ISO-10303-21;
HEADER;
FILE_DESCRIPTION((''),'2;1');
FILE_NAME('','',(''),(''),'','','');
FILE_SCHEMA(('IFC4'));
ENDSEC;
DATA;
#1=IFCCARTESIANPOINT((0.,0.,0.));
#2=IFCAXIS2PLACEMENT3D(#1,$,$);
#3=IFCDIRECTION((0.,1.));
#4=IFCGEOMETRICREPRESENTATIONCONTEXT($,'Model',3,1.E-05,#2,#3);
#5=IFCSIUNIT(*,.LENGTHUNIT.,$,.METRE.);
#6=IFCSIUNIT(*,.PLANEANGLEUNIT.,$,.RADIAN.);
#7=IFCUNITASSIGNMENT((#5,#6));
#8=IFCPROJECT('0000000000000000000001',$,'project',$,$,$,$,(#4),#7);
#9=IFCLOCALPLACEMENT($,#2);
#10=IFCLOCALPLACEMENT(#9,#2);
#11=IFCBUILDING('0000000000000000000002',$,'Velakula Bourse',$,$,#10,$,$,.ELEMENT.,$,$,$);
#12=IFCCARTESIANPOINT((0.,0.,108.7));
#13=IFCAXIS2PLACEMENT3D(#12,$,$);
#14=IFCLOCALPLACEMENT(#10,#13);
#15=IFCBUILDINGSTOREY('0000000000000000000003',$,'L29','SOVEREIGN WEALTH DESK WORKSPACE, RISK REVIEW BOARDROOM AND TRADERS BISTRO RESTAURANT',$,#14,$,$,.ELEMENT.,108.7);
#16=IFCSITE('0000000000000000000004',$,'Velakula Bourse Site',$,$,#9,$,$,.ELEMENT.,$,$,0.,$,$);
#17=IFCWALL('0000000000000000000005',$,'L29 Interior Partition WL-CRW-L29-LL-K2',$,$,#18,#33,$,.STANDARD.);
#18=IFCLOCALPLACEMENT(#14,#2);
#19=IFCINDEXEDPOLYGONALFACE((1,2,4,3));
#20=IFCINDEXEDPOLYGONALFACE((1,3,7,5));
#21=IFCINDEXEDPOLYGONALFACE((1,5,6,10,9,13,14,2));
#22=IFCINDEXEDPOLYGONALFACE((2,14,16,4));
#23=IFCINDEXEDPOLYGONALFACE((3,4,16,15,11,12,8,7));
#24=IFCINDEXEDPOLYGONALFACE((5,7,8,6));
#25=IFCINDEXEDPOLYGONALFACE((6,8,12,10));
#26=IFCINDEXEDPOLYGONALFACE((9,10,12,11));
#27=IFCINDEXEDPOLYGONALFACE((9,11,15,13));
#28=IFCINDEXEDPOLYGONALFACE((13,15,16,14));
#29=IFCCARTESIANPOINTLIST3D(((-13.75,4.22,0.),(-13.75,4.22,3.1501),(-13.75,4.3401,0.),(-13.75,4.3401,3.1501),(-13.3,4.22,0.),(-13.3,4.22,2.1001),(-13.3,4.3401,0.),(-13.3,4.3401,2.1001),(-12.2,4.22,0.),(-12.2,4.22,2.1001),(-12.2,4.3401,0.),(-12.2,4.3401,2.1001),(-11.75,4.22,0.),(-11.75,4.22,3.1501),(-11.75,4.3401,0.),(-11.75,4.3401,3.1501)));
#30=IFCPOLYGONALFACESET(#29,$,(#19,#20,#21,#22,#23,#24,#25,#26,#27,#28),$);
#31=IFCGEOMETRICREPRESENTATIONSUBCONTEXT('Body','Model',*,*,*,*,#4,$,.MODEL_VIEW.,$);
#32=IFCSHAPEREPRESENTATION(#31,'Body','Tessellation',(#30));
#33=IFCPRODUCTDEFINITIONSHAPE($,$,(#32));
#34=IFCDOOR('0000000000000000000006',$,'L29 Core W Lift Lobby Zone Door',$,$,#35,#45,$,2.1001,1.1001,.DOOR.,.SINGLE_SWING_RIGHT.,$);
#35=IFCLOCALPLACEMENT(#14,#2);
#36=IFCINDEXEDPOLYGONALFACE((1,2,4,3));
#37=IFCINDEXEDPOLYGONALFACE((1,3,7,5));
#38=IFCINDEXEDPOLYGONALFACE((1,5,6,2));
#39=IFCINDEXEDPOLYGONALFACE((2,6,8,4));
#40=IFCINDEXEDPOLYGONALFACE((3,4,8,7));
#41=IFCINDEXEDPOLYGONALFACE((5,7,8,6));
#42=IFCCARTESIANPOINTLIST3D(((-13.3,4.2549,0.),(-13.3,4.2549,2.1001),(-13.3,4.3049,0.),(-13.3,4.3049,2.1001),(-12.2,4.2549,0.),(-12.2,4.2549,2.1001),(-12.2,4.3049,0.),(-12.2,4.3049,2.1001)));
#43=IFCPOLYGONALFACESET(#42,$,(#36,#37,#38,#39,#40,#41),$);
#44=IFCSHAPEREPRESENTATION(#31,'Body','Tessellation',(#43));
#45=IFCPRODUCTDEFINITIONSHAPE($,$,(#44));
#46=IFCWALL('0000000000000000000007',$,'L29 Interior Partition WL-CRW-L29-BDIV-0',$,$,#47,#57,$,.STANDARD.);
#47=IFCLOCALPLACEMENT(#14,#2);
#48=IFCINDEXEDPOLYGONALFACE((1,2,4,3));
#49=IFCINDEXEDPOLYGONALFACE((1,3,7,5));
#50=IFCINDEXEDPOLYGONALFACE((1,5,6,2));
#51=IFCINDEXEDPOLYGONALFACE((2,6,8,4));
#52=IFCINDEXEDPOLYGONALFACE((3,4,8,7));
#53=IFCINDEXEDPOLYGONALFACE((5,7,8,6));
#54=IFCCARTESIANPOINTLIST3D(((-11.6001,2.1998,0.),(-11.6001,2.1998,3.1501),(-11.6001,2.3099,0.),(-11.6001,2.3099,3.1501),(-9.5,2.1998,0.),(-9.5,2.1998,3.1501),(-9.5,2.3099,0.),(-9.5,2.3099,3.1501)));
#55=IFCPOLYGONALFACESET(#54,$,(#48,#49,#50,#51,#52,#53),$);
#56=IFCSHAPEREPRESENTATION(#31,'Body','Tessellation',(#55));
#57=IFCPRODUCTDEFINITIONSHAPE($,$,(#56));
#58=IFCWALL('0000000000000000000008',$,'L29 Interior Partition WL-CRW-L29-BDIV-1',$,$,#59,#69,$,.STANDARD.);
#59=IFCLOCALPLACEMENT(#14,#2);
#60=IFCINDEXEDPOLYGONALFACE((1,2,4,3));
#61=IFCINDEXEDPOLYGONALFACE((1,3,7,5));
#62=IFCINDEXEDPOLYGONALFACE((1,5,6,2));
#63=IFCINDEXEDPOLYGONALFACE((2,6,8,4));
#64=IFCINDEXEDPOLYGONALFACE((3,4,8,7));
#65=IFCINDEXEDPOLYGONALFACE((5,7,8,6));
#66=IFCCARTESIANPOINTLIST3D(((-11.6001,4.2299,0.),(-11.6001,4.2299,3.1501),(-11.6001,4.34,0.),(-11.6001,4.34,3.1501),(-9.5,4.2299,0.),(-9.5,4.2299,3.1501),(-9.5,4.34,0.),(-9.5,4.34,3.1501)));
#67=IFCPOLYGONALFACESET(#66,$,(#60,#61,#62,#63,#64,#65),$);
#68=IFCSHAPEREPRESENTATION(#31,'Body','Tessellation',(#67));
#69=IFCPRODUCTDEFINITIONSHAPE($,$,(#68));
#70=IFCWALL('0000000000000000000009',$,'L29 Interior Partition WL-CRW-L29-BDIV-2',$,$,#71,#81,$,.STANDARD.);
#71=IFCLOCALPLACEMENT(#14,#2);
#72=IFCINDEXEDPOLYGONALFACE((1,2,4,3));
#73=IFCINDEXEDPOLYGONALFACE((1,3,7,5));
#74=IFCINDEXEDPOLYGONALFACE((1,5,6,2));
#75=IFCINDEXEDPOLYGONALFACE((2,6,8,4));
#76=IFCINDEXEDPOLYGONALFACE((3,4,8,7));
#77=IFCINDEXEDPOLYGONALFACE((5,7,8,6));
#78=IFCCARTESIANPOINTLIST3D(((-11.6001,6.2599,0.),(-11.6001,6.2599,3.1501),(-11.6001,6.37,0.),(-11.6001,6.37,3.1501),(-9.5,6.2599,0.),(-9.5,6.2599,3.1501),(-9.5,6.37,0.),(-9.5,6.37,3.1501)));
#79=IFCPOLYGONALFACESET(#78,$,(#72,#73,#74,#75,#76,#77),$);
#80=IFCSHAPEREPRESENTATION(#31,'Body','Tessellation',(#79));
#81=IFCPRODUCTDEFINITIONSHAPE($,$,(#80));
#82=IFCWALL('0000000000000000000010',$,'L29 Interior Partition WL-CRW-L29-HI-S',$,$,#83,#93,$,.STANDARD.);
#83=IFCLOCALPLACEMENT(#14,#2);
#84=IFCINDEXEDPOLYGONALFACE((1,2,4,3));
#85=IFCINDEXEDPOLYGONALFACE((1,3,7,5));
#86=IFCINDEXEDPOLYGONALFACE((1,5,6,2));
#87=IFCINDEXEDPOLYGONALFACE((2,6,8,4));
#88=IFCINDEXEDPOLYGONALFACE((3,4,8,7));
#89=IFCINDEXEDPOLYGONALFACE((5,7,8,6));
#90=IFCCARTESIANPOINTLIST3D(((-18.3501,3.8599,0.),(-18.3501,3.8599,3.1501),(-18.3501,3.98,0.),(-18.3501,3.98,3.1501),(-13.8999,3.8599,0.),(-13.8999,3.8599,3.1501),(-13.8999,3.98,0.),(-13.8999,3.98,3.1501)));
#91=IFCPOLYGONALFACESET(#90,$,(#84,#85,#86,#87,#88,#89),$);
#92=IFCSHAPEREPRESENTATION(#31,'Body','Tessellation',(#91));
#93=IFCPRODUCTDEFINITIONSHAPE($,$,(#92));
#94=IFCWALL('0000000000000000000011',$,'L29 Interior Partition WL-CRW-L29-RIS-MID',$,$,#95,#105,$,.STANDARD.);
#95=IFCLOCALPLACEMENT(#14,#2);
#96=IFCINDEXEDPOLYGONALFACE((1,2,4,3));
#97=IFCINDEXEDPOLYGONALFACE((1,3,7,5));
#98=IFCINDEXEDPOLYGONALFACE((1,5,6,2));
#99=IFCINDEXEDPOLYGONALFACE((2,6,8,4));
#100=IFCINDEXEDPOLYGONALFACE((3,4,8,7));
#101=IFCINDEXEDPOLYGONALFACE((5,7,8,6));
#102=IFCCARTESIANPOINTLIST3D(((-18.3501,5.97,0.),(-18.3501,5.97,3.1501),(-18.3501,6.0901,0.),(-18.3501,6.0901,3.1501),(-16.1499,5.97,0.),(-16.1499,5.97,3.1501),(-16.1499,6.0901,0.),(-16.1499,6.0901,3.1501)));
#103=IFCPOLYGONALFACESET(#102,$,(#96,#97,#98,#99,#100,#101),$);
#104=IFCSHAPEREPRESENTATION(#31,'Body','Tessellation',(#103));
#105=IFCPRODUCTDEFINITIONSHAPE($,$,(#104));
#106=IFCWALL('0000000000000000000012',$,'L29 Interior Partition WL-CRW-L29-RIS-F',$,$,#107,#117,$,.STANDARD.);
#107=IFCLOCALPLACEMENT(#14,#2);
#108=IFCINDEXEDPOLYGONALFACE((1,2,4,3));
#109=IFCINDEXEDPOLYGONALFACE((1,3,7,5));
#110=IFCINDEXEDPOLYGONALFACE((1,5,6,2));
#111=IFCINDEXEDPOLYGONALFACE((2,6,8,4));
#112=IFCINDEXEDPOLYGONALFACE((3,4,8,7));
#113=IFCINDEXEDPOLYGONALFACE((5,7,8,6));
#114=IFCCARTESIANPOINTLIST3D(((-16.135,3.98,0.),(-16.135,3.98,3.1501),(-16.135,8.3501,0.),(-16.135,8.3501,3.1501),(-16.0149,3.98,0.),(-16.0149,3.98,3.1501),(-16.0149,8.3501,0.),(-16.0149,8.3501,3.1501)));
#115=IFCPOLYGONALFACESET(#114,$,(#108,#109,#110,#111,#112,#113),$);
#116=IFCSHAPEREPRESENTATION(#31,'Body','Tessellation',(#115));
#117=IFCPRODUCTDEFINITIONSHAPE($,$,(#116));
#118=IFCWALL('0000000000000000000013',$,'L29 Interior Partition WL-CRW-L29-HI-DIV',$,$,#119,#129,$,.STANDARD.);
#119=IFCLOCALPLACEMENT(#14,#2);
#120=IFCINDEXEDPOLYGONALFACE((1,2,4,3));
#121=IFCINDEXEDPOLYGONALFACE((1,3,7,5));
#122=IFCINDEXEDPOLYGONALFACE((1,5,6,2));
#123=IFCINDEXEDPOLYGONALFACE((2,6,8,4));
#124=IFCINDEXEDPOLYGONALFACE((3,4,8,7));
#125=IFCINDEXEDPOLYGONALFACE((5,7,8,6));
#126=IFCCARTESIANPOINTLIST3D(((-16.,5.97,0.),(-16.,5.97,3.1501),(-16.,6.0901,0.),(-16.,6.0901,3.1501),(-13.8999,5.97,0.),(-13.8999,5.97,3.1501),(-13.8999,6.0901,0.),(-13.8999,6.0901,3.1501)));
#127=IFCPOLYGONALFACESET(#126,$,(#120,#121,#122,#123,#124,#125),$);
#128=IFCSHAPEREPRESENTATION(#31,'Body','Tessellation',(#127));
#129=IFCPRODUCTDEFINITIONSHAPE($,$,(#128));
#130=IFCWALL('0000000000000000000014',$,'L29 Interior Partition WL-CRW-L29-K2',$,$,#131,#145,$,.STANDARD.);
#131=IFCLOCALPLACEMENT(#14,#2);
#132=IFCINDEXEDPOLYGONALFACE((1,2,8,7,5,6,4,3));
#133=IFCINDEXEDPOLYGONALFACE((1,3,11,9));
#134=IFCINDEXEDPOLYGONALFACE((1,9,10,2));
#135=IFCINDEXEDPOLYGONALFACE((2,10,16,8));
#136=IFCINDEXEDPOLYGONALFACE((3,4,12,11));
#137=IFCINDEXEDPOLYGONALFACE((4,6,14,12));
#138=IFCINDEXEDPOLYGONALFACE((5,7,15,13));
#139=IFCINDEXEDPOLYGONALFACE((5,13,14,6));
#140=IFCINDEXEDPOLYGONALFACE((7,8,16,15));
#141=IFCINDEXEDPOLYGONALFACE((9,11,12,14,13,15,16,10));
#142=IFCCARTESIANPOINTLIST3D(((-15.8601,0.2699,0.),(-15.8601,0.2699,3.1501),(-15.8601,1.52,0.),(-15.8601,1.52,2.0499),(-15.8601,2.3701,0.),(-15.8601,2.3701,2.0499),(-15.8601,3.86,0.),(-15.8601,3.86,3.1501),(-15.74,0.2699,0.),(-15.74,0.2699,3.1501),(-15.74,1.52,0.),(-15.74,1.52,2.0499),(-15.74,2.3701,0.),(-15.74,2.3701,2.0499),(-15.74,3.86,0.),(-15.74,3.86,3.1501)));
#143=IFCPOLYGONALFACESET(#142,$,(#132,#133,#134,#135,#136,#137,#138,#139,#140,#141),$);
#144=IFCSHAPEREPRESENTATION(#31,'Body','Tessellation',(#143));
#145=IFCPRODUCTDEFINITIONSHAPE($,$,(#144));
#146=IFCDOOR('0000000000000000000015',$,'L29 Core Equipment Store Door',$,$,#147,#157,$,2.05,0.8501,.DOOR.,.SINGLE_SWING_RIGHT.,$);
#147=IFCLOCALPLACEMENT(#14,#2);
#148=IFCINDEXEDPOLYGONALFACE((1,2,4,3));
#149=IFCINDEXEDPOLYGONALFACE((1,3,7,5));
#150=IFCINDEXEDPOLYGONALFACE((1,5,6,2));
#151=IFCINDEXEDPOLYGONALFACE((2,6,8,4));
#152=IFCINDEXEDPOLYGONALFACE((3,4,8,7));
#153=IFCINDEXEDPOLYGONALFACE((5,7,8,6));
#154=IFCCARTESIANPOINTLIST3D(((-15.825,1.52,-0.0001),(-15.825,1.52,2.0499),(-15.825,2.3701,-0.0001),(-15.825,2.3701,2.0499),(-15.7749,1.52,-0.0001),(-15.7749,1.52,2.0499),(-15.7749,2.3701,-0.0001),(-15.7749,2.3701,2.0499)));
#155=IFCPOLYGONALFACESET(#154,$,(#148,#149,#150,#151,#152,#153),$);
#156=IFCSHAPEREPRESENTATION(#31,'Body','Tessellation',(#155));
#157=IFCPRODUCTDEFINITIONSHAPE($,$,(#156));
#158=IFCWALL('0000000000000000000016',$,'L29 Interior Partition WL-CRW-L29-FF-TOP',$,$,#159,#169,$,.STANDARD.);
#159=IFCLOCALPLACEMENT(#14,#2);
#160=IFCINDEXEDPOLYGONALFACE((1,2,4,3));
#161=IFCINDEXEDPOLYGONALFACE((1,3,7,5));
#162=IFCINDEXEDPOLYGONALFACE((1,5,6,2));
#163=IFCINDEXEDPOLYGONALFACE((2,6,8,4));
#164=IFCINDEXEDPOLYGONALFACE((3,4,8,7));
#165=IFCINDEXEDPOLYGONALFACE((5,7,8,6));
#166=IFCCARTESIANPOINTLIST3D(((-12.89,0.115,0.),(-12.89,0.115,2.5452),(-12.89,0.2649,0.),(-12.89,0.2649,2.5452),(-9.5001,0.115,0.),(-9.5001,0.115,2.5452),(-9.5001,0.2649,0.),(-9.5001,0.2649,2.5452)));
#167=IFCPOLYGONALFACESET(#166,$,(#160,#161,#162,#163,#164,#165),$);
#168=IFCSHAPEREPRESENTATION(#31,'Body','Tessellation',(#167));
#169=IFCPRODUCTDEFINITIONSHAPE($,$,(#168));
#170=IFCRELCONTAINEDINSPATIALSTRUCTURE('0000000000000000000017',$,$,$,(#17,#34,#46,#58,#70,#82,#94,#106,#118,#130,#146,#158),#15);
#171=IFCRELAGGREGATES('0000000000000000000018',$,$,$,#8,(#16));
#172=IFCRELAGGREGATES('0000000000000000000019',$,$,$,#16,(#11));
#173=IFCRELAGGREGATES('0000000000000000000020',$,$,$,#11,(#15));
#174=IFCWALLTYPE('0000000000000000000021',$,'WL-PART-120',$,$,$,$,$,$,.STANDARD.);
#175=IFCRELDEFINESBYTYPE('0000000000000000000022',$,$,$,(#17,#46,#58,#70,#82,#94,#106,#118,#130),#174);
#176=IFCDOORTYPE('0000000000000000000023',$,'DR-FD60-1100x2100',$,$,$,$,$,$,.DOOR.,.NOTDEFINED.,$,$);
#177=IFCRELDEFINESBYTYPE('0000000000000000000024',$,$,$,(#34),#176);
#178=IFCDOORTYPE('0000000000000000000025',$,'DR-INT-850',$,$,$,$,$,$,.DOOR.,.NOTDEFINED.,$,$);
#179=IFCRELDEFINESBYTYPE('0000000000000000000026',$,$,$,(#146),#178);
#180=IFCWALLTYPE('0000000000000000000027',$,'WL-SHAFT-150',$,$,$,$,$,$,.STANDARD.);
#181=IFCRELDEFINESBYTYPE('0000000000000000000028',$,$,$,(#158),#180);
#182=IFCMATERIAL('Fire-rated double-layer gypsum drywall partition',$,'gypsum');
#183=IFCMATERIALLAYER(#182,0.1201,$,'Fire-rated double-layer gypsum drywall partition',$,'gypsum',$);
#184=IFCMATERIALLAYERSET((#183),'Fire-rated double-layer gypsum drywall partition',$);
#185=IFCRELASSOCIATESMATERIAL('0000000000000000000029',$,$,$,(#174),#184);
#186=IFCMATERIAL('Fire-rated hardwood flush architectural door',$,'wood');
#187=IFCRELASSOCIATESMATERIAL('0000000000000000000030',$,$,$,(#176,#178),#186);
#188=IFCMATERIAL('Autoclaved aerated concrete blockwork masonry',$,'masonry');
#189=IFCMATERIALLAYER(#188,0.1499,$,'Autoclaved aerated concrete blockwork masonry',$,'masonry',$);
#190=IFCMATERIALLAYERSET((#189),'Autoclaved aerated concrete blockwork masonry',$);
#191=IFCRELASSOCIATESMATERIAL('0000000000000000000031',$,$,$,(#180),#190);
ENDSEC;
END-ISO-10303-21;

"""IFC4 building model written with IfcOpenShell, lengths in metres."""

from ifc_helpers import new_model, si_unit, direction, frame, frame_2d, origin, place, context, subcontext, project, spatial, rectangle, extrude, material, layer, layer_set, type_object, element, fill, save


model = new_model("IFC4")

# Units and contexts
model_context = context("Model", 3, precision=1e-05, world=origin(), true_north=direction((0.0, 1.0)))
body_context = subcontext(model_context, "Body", "Model", "MODEL_VIEW")
ifc_project = project(units=[si_unit("LENGTHUNIT", "METRE"), si_unit("PLANEANGLEUNIT", "RADIAN")], contexts=[model_context])

# Site, building, storey
site_placement = place(None, origin())
site = spatial("IfcSite", under=ifc_project, at=site_placement, Name="Velakula Bourse Site", CompositionType="ELEMENT", RefElevation=0.0)
building_placement = place(site_placement, origin())
building = spatial("IfcBuilding", under=site, at=building_placement, Name="Velakula Bourse", CompositionType="ELEMENT")
storey_placement = place(building_placement, frame((0.0, 0.0, 108.7)))
storey = spatial("IfcBuildingStorey", under=building, at=storey_placement, Name="L29", Description="SOVEREIGN WEALTH DESK WORKSPACE, RISK REVIEW BOARDROOM AND TRADERS BISTRO RESTAURANT", CompositionType="ELEMENT", Elevation=108.7)

# Wall, opening, door
ifc_material_1 = material(Name="Fire-rated double-layer gypsum drywall partition", Category="gypsum")
ifc_layer_1 = layer(ifc_material_1, 0.1201, Name="Fire-rated double-layer gypsum drywall partition", Category="gypsum")
ifc_layer_set_1 = layer_set([ifc_layer_1], Name="Fire-rated double-layer gypsum drywall partition")
wall_type_1 = type_object("IfcWallType", Name="WL-PART-120", PredefinedType="STANDARD", material=ifc_layer_set_1)
wall_1_placement = place(storey_placement, frame((-13.75, 4.28, 0.0), z_axis=(0.0, 0.0, 1.0), x_axis=(1.0, 0.0, 0.0)))
wall_1 = element("IfcWall", 1, at=wall_1_placement, inside=storey, type_object=wall_type_1, Name="L29 Interior Partition WL-CRW-L29-LL-K2", PredefinedType="STANDARD", context=body_context, shape_type="SweptSolid", body=[
    extrude(rectangle(XDim=2.0, YDim=0.1201, at=frame_2d((1.0, 0.0))), origin(), (0.0, 0.0, 1.0), 3.1501),
])
opening_1_placement = place(wall_1_placement, frame((0.45, 0.0, 0.0)))
opening_1 = element("IfcOpeningElement", 2, at=opening_1_placement, cuts=wall_1, PredefinedType="OPENING", context=body_context, shape_type="SweptSolid", body=[
    extrude(rectangle(XDim=1.1001, YDim=2.1001, at=frame_2d((0.55, 1.05))), frame((0.0, 0.0701, 0.0), z_axis=(0.0, -1.0, 0.0), x_axis=(1.0, 0.0, 0.0)), (0.0, 0.0, 1.0), 0.1401),
])
ifc_material_2 = material(Name="Fire-rated hardwood flush architectural door", Category="wood")
door_type_1 = type_object("IfcDoorType", Name="DR-FD60-1100x2100", OperationType="NOTDEFINED", PredefinedType="DOOR", material=ifc_material_2)
door_1_placement = place(opening_1_placement, origin())
door_1 = element("IfcDoor", 3, at=door_1_placement, inside=storey, type_object=door_type_1, Name="L29 Core W Lift Lobby Zone Door", OperationType="SINGLE_SWING_RIGHT", OverallHeight=2.1001, OverallWidth=1.1001, PredefinedType="DOOR", context=body_context, shape_type="SweptSolid", body=[
    extrude(rectangle(XDim=1.1001, YDim=2.1001, at=frame_2d((0.55, 1.05))), frame((0.0, 0.0249, 0.0), z_axis=(0.0, -1.0, 0.0), x_axis=(1.0, 0.0, 0.0)), (0.0, 0.0, 1.0), 0.05),
])
fill(opening_1, door_1)

# Walls
for number, where, z_axis, x_axis, name in (
    (4, (-11.6001, 2.2549, 0.0), (0.0, 0.0, 1.0), (1.0, 0.0, 0.0), "L29 Interior Partition WL-CRW-L29-BDIV-0"),
    (5, (-11.6001, 4.2849, 0.0), (0.0, 0.0, 1.0), (1.0, 0.0, 0.0), "L29 Interior Partition WL-CRW-L29-BDIV-1"),
    (6, (-11.6001, 6.3149, 0.0), (0.0, 0.0, 1.0), (1.0, 0.0, 0.0), "L29 Interior Partition WL-CRW-L29-BDIV-2"),
):
    element("IfcWall", number, at=place(storey_placement, frame(where, z_axis=z_axis, x_axis=x_axis)), inside=storey, type_object=wall_type_1, Name=name, PredefinedType="STANDARD", context=body_context, shape_type="SweptSolid", body=[
        extrude(rectangle(XDim=2.1001, YDim=0.1101, at=frame_2d((1.05, 0.0))), origin(), (0.0, 0.0, 1.0), 3.1501),
    ])
wall_2_placement = place(storey_placement, frame((-18.3501, 3.9199, 0.0), z_axis=(0.0, 0.0, 1.0), x_axis=(1.0, 0.0, 0.0)))
element("IfcWall", 7, at=wall_2_placement, inside=storey, type_object=wall_type_1, Name="L29 Interior Partition WL-CRW-L29-HI-S", PredefinedType="STANDARD", context=body_context, shape_type="SweptSolid", body=[
    extrude(rectangle(XDim=4.4502, YDim=0.1201, at=frame_2d((2.2251, 0.0))), origin(), (0.0, 0.0, 1.0), 3.1501),
])
wall_3_placement = place(storey_placement, frame((-18.3501, 6.03, 0.0), z_axis=(0.0, 0.0, 1.0), x_axis=(1.0, 0.0, 0.0)))
element("IfcWall", 8, at=wall_3_placement, inside=storey, type_object=wall_type_1, Name="L29 Interior Partition WL-CRW-L29-RIS-MID", PredefinedType="STANDARD", context=body_context, shape_type="SweptSolid", body=[
    extrude(rectangle(XDim=2.2002, YDim=0.1201, at=frame_2d((1.1001, 0.0))), origin(), (0.0, 0.0, 1.0), 3.1501),
])
wall_4_placement = place(storey_placement, frame((-16.075, 3.98, 0.0), z_axis=(0.0, 0.0, 1.0), x_axis=(0.0, 1.0, 0.0)))
element("IfcWall", 9, at=wall_4_placement, inside=storey, type_object=wall_type_1, Name="L29 Interior Partition WL-CRW-L29-RIS-F", PredefinedType="STANDARD", context=body_context, shape_type="SweptSolid", body=[
    extrude(rectangle(XDim=4.3701, YDim=0.1201, at=frame_2d((2.1851, 0.0))), origin(), (0.0, 0.0, 1.0), 3.1501),
])
wall_5_placement = place(storey_placement, frame((-16.0, 6.03, 0.0), z_axis=(0.0, 0.0, 1.0), x_axis=(1.0, 0.0, 0.0)))
element("IfcWall", 10, at=wall_5_placement, inside=storey, type_object=wall_type_1, Name="L29 Interior Partition WL-CRW-L29-HI-DIV", PredefinedType="STANDARD", context=body_context, shape_type="SweptSolid", body=[
    extrude(rectangle(XDim=2.1001, YDim=0.1201, at=frame_2d((1.05, 0.0))), origin(), (0.0, 0.0, 1.0), 3.1501),
])

# Wall, opening, door
wall_6_placement = place(storey_placement, frame((-15.8, 0.27, 0.0), z_axis=(0.0, 0.0, 1.0), x_axis=(0.0, 1.0, 0.0)))
wall_6 = element("IfcWall", 11, at=wall_6_placement, inside=storey, type_object=wall_type_1, Name="L29 Interior Partition WL-CRW-L29-K2", PredefinedType="STANDARD", context=body_context, shape_type="SweptSolid", body=[
    extrude(rectangle(XDim=3.5901, YDim=0.1201, at=frame_2d((1.7949, 0.0))), origin(), (0.0, 0.0, 1.0), 3.1501),
])
opening_2_placement = place(wall_6_placement, frame((1.25, 0.0, 0.0)))
opening_2 = element("IfcOpeningElement", 12, at=opening_2_placement, cuts=wall_6, PredefinedType="OPENING", context=body_context, shape_type="SweptSolid", body=[
    extrude(rectangle(XDim=0.8501, YDim=2.05, at=frame_2d((0.425, 1.0249))), frame((0.0, 0.0701, 0.0), z_axis=(0.0, -1.0, 0.0), x_axis=(1.0, 0.0, 0.0)), (0.0, 0.0, 1.0), 0.1401),
])
door_type_2 = type_object("IfcDoorType", Name="DR-INT-850", OperationType="NOTDEFINED", PredefinedType="DOOR", material=ifc_material_2)
door_2_placement = place(opening_2_placement, origin())
door_2 = element("IfcDoor", 13, at=door_2_placement, inside=storey, type_object=door_type_2, Name="L29 Core Equipment Store Door", OperationType="SINGLE_SWING_RIGHT", OverallHeight=2.05, OverallWidth=0.8501, PredefinedType="DOOR", context=body_context, shape_type="SweptSolid", body=[
    extrude(rectangle(XDim=0.8501, YDim=2.05, at=frame_2d((0.425, 1.0249))), frame((0.0, 0.0249, 0.0), z_axis=(0.0, -1.0, 0.0), x_axis=(1.0, 0.0, 0.0)), (0.0, 0.0, 1.0), 0.05),
])
fill(opening_2, door_2)

# Wall
ifc_material_3 = material(Name="Autoclaved aerated concrete blockwork masonry", Category="masonry")
ifc_layer_2 = layer(ifc_material_3, 0.1499, Name="Autoclaved aerated concrete blockwork masonry", Category="masonry")
ifc_layer_set_2 = layer_set([ifc_layer_2], Name="Autoclaved aerated concrete blockwork masonry")
wall_type_2 = type_object("IfcWallType", Name="WL-SHAFT-150", PredefinedType="STANDARD", material=ifc_layer_set_2)
wall_7_placement = place(storey_placement, frame((-12.8899, 0.1899, 0.0), z_axis=(0.0, 0.0, 1.0), x_axis=(1.0, 0.0, 0.0)))
element("IfcWall", 14, at=wall_7_placement, inside=storey, type_object=wall_type_2, Name="L29 Interior Partition WL-CRW-L29-FF-TOP", PredefinedType="STANDARD", context=body_context, shape_type="SweptSolid", body=[
    extrude(rectangle(XDim=3.3899, YDim=0.1499, at=frame_2d((1.6948, 0.0))), origin(), (0.0, 0.0, 1.0), 2.5452),
])

save(model, "model.ifc")
